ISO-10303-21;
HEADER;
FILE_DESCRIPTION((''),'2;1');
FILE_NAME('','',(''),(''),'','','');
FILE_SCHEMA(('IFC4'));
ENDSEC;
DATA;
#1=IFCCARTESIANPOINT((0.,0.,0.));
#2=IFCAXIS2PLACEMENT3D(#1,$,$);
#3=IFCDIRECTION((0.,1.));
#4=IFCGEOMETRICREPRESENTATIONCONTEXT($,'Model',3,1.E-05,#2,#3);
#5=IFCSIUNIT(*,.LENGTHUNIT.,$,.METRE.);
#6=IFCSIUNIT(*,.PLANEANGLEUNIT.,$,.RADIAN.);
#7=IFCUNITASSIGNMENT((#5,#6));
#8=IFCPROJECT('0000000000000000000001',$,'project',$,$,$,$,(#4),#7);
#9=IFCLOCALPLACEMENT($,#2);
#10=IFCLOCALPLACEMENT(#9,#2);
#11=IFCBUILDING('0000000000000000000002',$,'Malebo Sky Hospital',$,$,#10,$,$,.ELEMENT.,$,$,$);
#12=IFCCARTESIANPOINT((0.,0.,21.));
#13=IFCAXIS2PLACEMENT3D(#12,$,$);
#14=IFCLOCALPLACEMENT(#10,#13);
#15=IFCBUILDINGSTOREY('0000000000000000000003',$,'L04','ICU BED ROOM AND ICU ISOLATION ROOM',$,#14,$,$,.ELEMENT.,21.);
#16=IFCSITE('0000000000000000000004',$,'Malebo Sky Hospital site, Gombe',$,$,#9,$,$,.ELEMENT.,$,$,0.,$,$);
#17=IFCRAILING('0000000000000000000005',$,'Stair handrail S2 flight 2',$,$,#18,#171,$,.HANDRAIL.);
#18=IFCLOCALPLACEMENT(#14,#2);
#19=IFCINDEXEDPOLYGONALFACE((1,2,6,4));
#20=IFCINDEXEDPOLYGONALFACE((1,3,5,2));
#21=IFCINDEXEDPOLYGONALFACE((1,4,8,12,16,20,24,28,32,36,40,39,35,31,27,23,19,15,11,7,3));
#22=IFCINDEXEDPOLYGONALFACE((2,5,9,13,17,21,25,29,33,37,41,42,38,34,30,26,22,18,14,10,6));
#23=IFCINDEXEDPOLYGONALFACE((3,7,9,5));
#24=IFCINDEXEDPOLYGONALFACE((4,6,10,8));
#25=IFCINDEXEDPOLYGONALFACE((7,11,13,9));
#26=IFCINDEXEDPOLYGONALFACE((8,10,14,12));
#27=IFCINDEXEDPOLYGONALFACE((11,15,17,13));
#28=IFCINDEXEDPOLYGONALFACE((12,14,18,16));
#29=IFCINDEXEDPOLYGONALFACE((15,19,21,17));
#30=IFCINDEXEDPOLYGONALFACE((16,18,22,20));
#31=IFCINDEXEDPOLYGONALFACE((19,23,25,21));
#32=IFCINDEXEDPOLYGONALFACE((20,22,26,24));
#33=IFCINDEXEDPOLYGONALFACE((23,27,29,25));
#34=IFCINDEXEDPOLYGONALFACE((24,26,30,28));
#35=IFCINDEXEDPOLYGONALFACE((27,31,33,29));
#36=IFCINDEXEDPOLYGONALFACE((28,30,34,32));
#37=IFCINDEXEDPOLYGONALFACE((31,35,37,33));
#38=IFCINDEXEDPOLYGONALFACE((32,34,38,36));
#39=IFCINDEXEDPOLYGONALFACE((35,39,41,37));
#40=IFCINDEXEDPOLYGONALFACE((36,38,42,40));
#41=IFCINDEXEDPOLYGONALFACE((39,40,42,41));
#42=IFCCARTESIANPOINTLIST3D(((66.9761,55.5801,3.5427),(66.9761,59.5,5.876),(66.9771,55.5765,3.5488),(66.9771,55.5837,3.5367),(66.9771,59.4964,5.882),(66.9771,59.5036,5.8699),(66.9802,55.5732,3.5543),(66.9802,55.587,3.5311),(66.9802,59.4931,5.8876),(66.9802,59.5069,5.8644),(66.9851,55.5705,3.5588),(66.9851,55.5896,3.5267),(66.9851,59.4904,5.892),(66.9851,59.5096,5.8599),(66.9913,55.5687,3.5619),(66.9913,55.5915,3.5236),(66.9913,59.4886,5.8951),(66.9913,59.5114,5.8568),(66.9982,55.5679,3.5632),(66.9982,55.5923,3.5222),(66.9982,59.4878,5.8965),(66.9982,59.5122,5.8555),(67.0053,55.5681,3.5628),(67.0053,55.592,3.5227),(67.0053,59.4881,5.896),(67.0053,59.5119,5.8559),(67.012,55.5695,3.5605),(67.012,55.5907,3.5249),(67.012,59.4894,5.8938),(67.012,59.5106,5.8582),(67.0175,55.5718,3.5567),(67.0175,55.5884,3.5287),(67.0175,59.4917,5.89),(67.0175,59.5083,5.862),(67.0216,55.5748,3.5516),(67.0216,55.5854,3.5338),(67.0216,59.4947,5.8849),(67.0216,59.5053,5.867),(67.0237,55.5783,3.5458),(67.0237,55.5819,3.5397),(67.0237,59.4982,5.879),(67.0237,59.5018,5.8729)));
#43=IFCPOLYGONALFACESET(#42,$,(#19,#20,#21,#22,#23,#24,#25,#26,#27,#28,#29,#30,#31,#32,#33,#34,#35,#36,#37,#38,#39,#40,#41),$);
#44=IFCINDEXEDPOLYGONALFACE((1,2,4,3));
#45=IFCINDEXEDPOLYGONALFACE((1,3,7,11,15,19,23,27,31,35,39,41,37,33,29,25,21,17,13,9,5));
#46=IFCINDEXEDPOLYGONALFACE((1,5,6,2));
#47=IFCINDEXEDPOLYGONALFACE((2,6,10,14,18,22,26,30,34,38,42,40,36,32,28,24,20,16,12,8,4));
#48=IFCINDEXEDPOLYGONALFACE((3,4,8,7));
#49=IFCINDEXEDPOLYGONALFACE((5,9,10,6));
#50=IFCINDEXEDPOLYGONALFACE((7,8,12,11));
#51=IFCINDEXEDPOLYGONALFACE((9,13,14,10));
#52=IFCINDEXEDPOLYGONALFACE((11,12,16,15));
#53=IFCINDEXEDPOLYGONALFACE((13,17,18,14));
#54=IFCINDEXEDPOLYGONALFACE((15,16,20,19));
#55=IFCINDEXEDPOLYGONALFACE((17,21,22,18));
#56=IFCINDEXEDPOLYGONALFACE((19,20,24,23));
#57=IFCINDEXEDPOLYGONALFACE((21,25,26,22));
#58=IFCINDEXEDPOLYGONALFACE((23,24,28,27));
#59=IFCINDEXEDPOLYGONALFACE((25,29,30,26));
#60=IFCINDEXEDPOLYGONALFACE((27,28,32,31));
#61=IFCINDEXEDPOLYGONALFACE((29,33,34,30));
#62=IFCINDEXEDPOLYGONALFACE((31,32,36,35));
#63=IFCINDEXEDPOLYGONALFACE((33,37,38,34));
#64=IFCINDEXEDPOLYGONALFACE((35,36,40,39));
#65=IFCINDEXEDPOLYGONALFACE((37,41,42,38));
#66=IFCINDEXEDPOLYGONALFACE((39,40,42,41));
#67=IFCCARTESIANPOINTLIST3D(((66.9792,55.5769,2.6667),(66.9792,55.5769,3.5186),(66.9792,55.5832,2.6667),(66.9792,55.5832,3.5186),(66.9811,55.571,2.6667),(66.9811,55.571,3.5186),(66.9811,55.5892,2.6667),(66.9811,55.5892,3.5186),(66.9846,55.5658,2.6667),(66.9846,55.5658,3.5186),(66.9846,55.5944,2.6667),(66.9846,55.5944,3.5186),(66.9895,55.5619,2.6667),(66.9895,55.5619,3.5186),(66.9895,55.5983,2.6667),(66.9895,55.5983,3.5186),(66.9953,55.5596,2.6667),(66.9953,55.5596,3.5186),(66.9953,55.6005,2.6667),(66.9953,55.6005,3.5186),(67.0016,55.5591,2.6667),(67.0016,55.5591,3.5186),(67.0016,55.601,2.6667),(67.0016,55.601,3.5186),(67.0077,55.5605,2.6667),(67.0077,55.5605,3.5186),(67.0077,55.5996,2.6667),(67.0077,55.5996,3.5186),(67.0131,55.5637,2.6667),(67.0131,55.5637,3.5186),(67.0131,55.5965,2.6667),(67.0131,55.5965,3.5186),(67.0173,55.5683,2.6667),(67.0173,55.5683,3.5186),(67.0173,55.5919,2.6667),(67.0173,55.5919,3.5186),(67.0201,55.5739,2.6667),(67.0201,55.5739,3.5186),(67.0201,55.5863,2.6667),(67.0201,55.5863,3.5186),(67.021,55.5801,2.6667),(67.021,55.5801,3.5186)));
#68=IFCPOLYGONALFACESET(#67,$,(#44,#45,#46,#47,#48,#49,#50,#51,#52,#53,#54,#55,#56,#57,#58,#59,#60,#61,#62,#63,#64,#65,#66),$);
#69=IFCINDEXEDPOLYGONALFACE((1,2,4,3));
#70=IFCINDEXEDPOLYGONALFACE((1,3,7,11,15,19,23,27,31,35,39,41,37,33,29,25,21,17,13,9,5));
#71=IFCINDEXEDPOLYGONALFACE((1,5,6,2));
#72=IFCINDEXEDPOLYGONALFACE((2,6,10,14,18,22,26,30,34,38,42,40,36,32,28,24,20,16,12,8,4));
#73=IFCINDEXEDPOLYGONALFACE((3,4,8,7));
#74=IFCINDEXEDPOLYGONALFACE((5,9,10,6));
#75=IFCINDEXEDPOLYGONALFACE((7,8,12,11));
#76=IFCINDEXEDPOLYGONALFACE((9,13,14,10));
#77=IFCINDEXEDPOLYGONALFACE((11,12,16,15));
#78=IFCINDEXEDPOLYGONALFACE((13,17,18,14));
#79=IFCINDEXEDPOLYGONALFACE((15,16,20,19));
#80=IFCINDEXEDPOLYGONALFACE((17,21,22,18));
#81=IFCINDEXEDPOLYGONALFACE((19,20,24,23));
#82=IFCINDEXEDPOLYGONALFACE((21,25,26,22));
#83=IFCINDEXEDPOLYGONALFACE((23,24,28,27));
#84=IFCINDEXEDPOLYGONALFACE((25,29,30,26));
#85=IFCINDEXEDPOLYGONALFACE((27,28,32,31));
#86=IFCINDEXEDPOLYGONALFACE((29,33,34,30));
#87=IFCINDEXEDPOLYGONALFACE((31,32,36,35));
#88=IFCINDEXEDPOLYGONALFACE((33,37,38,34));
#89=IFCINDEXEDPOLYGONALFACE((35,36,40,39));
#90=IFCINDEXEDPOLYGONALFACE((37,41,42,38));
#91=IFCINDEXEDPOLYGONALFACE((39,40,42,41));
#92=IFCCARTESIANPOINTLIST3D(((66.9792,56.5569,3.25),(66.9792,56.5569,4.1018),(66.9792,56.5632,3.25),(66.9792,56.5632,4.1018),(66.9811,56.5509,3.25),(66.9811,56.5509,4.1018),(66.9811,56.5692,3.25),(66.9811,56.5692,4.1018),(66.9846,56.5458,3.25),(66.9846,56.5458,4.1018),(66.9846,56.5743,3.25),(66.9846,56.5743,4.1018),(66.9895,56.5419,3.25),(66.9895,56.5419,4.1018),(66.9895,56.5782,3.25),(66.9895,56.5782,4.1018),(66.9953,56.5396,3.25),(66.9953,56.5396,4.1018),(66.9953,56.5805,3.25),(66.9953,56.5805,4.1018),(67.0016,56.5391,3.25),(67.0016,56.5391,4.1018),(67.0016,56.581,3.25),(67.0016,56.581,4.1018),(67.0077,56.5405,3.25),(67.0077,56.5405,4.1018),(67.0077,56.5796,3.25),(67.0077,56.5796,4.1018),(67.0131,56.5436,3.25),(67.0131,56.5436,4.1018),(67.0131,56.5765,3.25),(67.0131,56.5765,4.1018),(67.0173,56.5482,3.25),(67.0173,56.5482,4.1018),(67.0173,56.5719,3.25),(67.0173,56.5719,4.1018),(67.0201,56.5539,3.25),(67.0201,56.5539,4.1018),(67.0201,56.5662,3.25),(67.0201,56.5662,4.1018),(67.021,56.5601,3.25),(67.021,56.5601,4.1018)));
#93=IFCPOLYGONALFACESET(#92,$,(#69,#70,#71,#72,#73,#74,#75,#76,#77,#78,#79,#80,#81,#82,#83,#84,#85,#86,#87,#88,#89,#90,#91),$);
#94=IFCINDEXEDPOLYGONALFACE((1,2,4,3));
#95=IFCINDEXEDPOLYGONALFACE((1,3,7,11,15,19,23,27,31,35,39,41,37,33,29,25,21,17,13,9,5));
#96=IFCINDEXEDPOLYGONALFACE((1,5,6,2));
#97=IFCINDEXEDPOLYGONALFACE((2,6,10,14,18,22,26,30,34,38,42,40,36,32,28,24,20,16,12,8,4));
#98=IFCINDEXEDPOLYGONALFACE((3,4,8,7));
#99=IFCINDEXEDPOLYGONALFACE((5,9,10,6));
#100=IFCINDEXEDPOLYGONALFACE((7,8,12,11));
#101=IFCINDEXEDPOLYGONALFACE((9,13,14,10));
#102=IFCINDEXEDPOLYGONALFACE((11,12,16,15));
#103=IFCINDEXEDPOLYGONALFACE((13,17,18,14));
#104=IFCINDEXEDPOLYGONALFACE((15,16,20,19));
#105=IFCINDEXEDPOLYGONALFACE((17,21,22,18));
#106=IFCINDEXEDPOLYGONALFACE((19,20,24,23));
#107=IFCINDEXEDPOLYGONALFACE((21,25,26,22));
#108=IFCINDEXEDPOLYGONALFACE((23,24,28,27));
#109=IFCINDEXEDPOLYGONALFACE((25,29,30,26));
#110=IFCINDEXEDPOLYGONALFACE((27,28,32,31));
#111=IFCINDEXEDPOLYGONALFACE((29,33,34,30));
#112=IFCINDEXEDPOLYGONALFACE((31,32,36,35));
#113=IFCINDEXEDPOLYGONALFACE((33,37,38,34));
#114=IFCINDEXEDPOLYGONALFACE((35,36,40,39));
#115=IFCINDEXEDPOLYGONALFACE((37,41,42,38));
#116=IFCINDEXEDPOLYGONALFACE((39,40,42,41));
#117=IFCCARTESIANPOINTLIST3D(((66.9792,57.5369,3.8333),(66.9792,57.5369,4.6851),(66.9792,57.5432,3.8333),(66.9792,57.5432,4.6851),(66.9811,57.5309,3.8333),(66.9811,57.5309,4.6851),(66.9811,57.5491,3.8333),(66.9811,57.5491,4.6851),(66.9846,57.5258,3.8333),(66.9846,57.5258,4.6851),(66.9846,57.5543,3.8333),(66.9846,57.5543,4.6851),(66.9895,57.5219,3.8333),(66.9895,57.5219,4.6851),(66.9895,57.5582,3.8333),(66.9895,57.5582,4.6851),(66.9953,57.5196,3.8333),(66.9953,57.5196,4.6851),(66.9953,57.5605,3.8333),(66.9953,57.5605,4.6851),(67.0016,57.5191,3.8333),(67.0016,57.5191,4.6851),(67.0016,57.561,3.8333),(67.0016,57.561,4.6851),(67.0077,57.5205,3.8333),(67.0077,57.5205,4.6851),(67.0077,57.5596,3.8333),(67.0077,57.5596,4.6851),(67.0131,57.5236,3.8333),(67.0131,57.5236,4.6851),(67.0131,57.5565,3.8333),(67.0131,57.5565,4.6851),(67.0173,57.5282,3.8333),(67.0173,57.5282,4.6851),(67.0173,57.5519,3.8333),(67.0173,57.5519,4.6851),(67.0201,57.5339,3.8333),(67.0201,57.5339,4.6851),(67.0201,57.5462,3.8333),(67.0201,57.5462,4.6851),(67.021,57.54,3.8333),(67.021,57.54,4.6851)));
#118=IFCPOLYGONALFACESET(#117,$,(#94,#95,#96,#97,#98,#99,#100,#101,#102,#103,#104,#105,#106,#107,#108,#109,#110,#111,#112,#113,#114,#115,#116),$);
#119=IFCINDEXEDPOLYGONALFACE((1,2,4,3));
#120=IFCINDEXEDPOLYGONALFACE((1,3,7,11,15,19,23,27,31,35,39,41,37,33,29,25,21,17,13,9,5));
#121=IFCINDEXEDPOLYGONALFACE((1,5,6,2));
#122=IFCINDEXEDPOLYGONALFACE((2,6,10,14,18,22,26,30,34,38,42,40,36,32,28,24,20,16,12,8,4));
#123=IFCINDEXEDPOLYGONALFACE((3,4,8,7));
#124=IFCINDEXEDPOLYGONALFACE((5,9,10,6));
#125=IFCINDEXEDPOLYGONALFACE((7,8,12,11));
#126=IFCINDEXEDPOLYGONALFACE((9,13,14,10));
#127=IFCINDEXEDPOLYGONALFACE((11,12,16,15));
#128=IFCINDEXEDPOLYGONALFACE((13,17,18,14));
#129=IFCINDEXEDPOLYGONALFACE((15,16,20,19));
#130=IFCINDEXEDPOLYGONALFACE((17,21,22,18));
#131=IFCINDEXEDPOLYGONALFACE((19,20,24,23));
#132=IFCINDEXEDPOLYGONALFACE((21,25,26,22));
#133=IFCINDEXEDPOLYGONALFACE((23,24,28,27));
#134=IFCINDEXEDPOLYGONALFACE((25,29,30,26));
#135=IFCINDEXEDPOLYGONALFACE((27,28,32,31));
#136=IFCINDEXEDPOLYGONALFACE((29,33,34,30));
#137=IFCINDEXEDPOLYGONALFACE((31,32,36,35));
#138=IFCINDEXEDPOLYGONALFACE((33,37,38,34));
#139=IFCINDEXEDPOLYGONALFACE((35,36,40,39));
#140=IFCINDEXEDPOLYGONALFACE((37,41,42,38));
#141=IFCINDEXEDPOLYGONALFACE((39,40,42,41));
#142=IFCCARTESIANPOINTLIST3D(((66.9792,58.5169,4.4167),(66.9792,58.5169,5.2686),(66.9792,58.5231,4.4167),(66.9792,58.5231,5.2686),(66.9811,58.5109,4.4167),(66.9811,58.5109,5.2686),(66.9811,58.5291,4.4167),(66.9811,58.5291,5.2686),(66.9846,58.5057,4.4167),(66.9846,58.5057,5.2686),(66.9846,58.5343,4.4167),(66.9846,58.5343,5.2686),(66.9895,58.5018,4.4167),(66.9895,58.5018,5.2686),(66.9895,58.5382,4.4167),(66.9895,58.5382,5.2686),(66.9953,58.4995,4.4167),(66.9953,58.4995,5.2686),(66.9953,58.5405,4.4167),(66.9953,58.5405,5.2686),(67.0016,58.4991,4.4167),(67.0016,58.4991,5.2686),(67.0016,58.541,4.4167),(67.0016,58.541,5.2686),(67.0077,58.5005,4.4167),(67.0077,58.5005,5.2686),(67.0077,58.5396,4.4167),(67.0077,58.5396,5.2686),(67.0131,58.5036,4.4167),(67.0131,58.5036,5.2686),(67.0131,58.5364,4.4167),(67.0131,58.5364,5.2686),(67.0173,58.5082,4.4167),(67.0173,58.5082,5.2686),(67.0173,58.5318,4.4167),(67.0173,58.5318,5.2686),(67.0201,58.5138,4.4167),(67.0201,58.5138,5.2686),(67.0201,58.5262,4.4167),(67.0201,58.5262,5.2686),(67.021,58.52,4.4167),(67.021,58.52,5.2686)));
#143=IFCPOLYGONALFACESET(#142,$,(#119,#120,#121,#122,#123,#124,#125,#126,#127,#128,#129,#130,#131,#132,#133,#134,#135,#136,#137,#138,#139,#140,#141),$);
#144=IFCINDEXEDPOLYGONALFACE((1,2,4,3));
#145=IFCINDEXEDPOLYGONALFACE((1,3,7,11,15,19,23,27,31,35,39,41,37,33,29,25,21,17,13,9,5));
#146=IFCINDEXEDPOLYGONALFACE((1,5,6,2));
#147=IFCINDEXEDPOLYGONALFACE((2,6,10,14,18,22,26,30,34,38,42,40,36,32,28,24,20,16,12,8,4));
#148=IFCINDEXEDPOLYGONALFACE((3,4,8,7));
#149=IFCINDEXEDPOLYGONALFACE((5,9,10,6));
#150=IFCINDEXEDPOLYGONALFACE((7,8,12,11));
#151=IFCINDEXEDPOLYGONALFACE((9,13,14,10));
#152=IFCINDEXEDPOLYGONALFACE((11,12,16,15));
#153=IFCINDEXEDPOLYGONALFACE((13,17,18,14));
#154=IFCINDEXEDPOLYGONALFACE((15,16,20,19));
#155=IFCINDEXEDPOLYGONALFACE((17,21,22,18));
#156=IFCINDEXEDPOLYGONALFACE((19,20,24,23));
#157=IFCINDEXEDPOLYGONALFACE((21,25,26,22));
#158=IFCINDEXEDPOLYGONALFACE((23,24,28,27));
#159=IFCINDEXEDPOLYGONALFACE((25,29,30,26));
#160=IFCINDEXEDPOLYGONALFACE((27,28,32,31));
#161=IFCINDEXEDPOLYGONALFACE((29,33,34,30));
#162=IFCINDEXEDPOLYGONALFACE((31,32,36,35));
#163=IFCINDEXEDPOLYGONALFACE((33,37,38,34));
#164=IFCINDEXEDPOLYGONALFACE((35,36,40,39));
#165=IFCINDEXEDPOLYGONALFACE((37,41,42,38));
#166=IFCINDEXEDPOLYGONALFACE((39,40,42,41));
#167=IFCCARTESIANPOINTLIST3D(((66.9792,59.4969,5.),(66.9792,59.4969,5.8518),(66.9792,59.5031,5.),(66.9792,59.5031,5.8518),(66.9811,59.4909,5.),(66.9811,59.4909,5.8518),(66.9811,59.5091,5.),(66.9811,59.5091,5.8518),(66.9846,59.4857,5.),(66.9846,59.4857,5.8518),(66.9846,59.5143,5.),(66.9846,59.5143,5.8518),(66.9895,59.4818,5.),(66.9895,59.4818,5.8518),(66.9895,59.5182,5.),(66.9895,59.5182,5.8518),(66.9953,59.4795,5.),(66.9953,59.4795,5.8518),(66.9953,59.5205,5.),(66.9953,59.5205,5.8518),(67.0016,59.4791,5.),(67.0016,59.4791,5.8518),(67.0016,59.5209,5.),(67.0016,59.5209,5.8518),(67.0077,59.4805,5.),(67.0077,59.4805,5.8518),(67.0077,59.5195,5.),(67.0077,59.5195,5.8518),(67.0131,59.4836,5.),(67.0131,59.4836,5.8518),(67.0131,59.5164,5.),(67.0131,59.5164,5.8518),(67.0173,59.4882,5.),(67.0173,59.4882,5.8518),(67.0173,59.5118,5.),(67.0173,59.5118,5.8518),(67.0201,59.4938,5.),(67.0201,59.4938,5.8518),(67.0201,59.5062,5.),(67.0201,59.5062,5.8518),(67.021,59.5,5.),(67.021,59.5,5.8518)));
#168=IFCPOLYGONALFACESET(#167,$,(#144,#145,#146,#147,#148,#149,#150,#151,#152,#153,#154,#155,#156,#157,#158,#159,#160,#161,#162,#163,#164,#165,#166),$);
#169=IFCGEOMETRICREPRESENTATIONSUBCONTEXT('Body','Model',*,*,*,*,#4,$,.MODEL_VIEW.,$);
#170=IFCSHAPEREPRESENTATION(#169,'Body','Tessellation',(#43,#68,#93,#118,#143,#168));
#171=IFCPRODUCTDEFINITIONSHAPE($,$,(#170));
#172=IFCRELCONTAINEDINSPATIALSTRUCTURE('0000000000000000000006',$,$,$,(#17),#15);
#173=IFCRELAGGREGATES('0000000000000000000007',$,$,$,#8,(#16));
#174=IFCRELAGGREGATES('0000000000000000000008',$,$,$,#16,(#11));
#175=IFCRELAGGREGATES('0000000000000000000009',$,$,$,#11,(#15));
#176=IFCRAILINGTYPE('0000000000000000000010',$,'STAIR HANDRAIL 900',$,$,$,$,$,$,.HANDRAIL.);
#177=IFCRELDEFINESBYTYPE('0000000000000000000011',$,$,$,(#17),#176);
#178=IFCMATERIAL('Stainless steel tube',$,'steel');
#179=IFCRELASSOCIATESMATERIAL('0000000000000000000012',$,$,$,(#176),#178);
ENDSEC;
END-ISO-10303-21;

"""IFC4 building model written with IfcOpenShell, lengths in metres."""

from ifc_helpers import new_model, si_unit, direction, frame, origin, origin_2d, place, context, subcontext, project, spatial, circle, extrude, material, type_object, element, save


model = new_model("IFC4")

# Units and contexts
model_context = context("Model", 3, precision=1e-05, world=origin(), true_north=direction((0.0, 1.0)))
body_context = subcontext(model_context, "Body", "Model", "MODEL_VIEW")
ifc_project = project(units=[si_unit("LENGTHUNIT", "METRE"), si_unit("PLANEANGLEUNIT", "RADIAN")], contexts=[model_context])

# Site, building, storey
site_placement = place(None, origin())
site = spatial("IfcSite", under=ifc_project, at=site_placement, Name="Malebo Sky Hospital site, Gombe", CompositionType="ELEMENT", RefElevation=0.0)
building_placement = place(site_placement, origin())
building = spatial("IfcBuilding", under=site, at=building_placement, Name="Malebo Sky Hospital", CompositionType="ELEMENT")
storey_placement = place(building_placement, frame((0.0, 0.0, 21.0)))
storey = spatial("IfcBuildingStorey", under=building, at=storey_placement, Name="L04", Description="ICU BED ROOM AND ICU ISOLATION ROOM", CompositionType="ELEMENT", Elevation=21.0)

# Railing
ifc_material_1 = material(Name="Stainless steel tube", Category="steel")
railing_type = type_object("IfcRailingType", Name="STAIR HANDRAIL 900", PredefinedType="HANDRAIL", material=ifc_material_1)
railing_1_placement = place(storey_placement, frame((67.0, 55.5801, 2.6667)))
element("IfcRailing", 1, at=railing_1_placement, inside=storey, type_object=railing_type, Name="Stair handrail S2 flight 2", PredefinedType="HANDRAIL", context=body_context, shape_type="SweptSolid", body=[
    extrude(circle(Radius=0.0239, at=origin_2d()), frame((0.0, 0.0, 0.876), z_axis=(0.0, 0.859296, 0.511478), x_axis=(-1.0, 0.0, 0.0)), (0.0, 0.0, 1.0), 4.5618),
    extrude(circle(Radius=0.021, at=origin_2d()), origin(), (0.0, 0.0, 1.0), 0.8518),
    extrude(circle(Radius=0.021, at=origin_2d()), frame((0.0, 0.98, 0.5833)), (0.0, 0.0, 1.0), 0.8518),
    extrude(circle(Radius=0.021, at=origin_2d()), frame((0.0, 1.96, 1.1665)), (0.0, 0.0, 1.0), 0.8518),
    extrude(circle(Radius=0.021, at=origin_2d()), frame((0.0, 2.9399, 1.75)), (0.0, 0.0, 1.0), 0.8518),
    extrude(circle(Radius=0.021, at=origin_2d()), frame((0.0, 3.9199, 2.3333)), (0.0, 0.0, 1.0), 0.8518),
])

save(model, "model.ifc")
